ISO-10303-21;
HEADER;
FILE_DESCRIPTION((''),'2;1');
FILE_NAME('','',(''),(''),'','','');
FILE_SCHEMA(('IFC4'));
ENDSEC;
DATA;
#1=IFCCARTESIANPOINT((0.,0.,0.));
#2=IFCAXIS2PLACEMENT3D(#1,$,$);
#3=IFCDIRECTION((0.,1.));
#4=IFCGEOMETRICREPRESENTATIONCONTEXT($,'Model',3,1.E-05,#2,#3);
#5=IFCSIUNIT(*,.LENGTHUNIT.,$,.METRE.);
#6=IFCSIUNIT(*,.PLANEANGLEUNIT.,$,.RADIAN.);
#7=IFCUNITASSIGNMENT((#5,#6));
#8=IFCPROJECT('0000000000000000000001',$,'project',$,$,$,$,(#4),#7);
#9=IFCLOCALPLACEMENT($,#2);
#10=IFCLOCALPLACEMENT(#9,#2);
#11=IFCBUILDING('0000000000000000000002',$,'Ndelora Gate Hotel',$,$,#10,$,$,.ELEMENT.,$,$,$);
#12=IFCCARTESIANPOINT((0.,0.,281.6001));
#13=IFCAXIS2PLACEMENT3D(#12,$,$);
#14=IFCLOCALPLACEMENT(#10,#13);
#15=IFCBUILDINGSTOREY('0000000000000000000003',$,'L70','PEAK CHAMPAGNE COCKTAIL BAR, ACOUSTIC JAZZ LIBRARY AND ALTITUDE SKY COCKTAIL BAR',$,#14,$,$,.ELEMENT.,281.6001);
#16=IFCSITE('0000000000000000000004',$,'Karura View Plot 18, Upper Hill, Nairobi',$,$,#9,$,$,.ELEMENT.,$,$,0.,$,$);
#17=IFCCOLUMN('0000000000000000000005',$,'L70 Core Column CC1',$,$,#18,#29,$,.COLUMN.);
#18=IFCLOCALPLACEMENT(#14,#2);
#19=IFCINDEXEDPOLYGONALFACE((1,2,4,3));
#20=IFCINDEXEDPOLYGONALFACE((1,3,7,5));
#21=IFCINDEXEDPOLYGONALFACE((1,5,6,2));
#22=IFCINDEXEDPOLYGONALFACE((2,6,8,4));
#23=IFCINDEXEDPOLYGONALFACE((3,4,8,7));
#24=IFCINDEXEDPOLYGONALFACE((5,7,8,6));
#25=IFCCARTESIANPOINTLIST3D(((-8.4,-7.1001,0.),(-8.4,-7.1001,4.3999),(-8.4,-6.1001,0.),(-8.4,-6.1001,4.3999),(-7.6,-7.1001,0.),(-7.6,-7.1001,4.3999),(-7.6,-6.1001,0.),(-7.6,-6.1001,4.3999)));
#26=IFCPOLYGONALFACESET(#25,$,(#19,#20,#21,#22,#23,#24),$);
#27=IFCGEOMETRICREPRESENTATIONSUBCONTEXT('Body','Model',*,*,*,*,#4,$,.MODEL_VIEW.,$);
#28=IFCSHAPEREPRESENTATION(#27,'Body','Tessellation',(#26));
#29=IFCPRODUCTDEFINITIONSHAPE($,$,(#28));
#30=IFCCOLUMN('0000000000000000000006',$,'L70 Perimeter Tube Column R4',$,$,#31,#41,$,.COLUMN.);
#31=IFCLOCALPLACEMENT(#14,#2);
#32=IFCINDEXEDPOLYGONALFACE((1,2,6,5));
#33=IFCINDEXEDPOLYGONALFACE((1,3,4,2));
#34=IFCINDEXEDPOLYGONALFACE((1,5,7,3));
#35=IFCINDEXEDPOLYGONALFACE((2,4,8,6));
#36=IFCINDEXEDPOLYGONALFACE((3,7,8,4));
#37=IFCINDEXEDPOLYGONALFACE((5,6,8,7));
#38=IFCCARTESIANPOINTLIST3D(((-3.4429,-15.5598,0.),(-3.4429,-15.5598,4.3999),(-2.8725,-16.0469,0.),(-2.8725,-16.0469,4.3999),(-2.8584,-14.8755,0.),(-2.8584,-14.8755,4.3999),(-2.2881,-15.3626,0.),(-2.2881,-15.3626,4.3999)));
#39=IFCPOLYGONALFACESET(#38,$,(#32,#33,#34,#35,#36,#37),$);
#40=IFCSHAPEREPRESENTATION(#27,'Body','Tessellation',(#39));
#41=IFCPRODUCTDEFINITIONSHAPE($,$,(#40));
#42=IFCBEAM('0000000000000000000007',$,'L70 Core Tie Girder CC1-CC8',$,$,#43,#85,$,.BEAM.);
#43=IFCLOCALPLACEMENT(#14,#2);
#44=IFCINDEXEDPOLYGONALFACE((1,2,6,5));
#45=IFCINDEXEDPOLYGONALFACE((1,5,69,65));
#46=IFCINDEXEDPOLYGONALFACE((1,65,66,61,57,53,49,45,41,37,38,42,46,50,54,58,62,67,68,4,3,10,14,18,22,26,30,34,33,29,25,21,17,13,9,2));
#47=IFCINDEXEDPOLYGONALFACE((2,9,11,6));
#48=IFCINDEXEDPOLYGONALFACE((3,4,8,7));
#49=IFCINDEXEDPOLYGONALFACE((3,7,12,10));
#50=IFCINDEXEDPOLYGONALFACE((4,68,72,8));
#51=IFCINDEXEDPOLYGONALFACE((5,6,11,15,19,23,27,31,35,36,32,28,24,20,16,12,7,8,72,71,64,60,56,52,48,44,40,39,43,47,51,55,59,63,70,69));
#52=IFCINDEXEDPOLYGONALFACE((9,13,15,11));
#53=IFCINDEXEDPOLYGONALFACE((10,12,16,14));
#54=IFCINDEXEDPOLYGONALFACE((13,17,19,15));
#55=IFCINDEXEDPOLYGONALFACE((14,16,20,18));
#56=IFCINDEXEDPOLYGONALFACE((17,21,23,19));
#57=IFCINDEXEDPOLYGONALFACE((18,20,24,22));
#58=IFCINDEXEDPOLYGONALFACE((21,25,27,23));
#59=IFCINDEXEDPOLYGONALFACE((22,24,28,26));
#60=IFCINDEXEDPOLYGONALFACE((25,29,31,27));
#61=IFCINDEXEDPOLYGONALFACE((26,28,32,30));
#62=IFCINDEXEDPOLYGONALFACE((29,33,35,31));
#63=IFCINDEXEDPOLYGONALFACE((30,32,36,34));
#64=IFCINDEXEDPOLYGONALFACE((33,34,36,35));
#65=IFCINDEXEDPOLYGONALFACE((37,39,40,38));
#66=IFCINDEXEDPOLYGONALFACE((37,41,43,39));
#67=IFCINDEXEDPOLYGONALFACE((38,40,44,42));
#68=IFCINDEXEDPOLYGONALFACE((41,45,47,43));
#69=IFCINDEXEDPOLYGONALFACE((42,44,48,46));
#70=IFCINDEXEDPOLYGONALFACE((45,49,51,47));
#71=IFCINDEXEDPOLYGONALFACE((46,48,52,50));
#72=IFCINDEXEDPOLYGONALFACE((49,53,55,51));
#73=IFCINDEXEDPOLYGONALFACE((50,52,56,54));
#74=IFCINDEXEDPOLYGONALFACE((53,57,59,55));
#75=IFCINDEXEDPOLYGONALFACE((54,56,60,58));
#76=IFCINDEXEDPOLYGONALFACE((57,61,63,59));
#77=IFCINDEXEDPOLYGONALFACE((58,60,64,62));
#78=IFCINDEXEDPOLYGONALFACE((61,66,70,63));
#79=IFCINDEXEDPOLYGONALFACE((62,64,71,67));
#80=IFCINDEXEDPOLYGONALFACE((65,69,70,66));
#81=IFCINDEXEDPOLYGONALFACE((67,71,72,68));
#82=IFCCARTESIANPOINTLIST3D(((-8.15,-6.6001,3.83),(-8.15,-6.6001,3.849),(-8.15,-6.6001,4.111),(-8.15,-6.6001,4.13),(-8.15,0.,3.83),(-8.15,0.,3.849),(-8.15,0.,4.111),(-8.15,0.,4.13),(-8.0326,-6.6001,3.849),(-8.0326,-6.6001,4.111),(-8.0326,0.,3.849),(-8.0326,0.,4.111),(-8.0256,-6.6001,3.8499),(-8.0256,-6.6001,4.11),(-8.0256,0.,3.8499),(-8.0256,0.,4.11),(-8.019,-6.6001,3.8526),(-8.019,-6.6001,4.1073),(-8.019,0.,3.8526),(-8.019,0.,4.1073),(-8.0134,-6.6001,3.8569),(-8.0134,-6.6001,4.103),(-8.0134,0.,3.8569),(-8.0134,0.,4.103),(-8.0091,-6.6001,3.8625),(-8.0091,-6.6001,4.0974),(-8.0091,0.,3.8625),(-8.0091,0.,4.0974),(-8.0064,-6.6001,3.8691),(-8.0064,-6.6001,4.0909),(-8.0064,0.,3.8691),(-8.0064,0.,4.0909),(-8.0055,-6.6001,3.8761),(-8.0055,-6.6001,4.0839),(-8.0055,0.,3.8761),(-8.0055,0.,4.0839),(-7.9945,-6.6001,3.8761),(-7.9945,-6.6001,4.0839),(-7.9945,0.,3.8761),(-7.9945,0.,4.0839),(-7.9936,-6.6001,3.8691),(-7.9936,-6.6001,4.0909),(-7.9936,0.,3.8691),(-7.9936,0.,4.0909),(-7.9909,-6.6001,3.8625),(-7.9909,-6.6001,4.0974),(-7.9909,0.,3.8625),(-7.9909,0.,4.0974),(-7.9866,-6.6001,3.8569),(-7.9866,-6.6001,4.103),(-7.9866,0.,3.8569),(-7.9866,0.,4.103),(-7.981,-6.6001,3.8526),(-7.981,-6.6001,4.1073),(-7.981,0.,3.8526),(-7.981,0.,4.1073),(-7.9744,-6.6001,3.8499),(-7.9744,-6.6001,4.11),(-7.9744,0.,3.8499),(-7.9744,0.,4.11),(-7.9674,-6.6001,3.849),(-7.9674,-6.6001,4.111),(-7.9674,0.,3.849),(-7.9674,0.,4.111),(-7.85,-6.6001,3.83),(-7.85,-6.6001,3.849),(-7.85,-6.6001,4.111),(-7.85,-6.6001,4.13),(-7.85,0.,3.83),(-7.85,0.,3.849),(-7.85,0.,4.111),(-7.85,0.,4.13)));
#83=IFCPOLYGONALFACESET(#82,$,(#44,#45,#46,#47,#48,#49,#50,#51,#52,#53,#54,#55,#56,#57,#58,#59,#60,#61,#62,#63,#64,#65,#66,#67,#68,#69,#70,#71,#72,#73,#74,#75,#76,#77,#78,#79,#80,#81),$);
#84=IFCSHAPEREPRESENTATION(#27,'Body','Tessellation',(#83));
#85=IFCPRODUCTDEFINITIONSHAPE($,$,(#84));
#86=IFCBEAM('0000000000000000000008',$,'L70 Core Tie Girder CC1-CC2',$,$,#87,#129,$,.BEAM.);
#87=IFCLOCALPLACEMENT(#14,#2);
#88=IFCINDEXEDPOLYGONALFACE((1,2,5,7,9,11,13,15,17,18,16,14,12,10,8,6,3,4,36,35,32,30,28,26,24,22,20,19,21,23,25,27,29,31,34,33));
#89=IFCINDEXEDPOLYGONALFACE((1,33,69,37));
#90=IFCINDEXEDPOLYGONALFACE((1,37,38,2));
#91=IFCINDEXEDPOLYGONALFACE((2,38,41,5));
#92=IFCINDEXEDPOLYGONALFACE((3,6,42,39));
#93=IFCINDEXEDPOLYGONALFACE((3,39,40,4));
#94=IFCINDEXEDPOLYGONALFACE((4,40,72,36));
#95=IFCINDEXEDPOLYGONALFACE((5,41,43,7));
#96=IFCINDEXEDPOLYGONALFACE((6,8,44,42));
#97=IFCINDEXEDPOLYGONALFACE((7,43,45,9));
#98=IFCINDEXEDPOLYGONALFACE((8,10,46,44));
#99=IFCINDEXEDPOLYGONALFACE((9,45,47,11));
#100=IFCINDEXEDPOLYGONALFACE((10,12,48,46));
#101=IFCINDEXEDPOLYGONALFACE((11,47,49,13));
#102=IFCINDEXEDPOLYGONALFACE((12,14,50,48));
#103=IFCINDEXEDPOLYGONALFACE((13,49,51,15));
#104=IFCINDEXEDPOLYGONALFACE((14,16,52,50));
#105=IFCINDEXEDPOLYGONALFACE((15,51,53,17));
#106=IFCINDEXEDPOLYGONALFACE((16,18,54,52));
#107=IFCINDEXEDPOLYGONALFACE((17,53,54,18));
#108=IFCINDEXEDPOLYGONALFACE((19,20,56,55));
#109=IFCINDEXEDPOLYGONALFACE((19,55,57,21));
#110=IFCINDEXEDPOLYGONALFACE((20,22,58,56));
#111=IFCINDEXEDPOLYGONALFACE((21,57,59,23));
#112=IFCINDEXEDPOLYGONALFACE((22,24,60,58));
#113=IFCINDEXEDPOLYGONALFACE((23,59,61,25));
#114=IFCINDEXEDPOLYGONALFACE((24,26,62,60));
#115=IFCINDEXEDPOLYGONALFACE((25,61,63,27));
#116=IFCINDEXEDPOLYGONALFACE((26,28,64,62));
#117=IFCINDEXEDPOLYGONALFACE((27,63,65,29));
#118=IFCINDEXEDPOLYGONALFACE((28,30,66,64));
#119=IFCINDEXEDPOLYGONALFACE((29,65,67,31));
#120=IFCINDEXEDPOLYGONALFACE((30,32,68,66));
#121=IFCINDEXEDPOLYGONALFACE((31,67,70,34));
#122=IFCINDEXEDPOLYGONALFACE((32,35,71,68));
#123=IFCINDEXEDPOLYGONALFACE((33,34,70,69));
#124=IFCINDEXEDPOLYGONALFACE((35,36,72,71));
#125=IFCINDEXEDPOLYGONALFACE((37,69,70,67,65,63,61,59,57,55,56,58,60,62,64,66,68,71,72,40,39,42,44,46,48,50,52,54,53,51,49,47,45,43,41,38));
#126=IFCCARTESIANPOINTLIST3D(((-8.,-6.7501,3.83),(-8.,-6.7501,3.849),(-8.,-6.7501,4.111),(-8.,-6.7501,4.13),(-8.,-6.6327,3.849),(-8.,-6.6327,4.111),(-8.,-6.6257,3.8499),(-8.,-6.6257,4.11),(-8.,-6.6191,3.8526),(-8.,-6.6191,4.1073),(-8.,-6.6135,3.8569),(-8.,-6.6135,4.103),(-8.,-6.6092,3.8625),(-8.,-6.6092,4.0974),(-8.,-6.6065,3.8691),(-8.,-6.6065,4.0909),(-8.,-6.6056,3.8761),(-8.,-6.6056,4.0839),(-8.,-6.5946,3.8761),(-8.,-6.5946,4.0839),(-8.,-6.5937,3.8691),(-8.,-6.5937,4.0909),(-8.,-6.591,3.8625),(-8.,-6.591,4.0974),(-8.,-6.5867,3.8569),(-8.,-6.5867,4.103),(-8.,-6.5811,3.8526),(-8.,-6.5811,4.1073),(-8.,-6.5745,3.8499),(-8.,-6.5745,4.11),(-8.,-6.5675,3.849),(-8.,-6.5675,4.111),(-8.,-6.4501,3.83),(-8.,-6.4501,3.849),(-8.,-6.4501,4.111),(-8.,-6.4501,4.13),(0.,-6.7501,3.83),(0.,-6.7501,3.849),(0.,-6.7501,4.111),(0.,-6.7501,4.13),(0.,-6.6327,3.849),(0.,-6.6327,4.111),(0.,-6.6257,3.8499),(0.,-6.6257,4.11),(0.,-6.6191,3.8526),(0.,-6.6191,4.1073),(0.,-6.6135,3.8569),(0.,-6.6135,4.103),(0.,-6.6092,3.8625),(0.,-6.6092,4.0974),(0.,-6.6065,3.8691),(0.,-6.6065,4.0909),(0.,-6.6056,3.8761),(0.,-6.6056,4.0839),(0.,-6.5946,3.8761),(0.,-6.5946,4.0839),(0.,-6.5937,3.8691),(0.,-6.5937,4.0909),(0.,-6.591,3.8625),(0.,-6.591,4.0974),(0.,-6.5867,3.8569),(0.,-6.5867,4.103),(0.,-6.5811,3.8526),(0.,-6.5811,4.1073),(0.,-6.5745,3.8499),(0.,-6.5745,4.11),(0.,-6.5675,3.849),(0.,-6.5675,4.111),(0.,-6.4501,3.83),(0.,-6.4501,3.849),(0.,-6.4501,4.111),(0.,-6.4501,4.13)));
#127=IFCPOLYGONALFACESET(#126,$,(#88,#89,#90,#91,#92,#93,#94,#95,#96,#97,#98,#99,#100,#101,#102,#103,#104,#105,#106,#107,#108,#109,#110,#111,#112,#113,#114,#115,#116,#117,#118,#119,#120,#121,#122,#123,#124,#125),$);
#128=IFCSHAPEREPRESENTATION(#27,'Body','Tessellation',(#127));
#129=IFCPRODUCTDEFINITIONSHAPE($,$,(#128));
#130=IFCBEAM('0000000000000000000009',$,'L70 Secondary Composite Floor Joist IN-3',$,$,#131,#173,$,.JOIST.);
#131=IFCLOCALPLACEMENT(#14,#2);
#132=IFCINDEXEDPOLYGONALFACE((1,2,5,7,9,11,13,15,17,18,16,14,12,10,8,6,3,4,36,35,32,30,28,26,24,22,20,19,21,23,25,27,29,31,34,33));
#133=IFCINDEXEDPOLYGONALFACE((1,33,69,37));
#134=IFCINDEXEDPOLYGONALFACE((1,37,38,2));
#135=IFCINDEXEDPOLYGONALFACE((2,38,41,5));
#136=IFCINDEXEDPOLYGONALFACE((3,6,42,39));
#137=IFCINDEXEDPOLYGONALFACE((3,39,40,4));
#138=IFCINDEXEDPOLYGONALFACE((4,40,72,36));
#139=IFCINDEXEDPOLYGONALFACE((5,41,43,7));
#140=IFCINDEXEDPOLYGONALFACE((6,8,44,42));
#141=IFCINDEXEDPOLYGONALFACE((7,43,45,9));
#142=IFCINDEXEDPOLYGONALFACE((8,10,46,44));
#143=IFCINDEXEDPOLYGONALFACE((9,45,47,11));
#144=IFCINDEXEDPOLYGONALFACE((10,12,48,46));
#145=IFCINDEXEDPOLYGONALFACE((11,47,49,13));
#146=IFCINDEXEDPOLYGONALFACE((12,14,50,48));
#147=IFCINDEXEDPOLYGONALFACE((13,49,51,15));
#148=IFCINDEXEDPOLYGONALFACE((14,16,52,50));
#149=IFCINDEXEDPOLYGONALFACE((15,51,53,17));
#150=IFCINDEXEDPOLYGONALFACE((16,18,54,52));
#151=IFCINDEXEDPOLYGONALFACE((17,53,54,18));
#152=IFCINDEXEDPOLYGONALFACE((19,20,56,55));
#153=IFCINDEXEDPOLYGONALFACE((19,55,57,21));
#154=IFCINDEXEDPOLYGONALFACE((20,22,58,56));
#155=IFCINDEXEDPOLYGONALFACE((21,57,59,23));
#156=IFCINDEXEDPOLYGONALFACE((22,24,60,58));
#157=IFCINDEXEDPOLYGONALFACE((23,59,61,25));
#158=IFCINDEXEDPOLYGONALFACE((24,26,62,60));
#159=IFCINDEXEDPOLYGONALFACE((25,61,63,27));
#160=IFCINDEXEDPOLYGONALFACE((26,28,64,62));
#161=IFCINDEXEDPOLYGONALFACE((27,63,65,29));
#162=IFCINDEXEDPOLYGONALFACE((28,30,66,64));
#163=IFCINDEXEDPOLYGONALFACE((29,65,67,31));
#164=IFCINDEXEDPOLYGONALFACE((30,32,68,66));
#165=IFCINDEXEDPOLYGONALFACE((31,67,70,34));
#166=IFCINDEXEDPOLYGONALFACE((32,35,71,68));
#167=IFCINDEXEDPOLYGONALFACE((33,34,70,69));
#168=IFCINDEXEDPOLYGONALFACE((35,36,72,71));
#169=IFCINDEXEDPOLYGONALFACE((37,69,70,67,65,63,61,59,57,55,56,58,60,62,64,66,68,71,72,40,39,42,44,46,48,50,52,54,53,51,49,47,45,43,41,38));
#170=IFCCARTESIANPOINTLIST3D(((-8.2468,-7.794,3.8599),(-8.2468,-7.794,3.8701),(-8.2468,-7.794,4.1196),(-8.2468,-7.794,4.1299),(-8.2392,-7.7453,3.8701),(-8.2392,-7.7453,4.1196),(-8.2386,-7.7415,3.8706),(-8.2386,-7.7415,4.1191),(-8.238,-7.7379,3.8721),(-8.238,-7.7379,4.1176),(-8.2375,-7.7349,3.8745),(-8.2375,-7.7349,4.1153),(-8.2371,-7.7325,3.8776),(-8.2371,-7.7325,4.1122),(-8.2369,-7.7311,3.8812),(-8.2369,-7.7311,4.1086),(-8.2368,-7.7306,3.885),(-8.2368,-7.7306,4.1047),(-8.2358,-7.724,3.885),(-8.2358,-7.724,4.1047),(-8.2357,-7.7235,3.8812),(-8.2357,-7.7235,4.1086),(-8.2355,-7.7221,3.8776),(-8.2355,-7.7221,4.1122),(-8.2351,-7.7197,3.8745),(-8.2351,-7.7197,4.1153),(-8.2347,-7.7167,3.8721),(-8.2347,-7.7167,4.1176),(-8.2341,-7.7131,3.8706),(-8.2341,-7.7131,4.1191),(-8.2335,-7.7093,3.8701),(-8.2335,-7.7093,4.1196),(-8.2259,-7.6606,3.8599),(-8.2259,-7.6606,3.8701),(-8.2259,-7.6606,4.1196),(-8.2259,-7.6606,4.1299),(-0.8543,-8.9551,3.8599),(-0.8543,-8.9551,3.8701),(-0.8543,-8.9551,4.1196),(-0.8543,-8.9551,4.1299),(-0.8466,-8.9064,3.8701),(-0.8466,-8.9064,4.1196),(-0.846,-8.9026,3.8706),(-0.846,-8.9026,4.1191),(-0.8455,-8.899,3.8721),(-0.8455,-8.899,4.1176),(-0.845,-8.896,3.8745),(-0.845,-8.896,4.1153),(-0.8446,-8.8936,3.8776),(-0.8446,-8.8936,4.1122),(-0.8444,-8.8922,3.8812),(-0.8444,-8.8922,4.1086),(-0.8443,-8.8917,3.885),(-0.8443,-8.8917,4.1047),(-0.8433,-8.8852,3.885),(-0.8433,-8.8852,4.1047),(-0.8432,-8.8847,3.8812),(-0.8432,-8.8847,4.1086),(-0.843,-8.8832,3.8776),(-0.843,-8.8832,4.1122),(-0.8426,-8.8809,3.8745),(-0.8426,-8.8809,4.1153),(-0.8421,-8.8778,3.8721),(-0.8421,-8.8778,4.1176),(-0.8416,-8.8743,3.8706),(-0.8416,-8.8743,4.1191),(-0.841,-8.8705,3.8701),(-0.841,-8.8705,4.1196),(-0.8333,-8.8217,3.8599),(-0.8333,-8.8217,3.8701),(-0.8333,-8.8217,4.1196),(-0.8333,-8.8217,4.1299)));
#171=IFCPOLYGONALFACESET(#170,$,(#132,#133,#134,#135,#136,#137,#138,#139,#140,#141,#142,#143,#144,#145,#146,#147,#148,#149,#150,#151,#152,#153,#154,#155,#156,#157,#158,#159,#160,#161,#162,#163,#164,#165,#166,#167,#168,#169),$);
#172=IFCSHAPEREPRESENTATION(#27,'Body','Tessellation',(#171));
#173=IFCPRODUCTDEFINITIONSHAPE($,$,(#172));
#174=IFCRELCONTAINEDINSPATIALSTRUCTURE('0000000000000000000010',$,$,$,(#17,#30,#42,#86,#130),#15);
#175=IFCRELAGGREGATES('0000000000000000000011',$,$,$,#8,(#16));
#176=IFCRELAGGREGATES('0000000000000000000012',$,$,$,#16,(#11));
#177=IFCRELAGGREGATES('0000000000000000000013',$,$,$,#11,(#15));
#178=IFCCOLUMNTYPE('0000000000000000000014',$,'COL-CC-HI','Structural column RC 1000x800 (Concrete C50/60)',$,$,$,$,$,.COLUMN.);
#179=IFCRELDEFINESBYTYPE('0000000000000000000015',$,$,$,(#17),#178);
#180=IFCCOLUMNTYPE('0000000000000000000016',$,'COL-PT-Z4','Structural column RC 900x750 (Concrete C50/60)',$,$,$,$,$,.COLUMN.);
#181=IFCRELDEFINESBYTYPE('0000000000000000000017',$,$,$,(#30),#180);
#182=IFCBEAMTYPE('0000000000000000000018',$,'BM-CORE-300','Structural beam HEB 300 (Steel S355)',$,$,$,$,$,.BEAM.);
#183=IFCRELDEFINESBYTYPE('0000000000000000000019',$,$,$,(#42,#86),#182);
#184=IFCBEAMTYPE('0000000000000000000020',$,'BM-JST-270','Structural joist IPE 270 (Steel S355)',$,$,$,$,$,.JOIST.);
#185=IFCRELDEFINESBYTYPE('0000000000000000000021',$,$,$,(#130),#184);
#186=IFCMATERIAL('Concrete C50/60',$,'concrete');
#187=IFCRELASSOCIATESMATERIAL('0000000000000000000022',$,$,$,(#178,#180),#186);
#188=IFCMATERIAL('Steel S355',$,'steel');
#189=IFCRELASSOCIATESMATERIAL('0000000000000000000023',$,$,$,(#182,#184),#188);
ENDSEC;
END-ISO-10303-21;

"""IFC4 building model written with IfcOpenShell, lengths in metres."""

from ifc_helpers import new_model, si_unit, direction, frame, origin, origin_2d, place, context, subcontext, project, spatial, rectangle, i_section, extrude, material, material_profile, profile_set, type_object, element, save


model = new_model("IFC4")

# Units and contexts
model_context = context("Model", 3, precision=1e-05, world=origin(), true_north=direction((0.0, 1.0)))
body_context = subcontext(model_context, "Body", "Model", "MODEL_VIEW")
ifc_project = project(units=[si_unit("LENGTHUNIT", "METRE"), si_unit("PLANEANGLEUNIT", "RADIAN")], contexts=[model_context])

# Site, building, storey
site_placement = place(None, origin())
site = spatial("IfcSite", under=ifc_project, at=site_placement, Name="Karura View Plot 18, Upper Hill, Nairobi", CompositionType="ELEMENT", RefElevation=0.0)
building_placement = place(site_placement, origin())
building = spatial("IfcBuilding", under=site, at=building_placement, Name="Ndelora Gate Hotel", CompositionType="ELEMENT")
storey_placement = place(building_placement, frame((0.0, 0.0, 281.6001)))
storey = spatial("IfcBuildingStorey", under=building, at=storey_placement, Name="L70", Description="PEAK CHAMPAGNE COCKTAIL BAR, ACOUSTIC JAZZ LIBRARY AND ALTITUDE SKY COCKTAIL BAR", CompositionType="ELEMENT", Elevation=281.6001)

# Columns
ifc_material_1 = material(Name="Concrete C50/60", Category="concrete")
ifc_material_profile_1 = material_profile(ifc_material_1, rectangle(XDim=0.8, YDim=1.0, at=origin_2d()), Name="RC 1000x800")
ifc_profile_set_1 = profile_set([ifc_material_profile_1], Name="Concrete C50/60")
column_type_1 = type_object("IfcColumnType", Name="COL-CC-HI", Description="Structural column RC 1000x800 (Concrete C50/60)", PredefinedType="COLUMN", material=ifc_profile_set_1)
column_1_placement = place(storey_placement, frame((-8.0, -6.6001, 0.0), z_axis=(0.0, 0.0, 1.0), x_axis=(1.0, 0.0, 0.0)))
element("IfcColumn", 1, at=column_1_placement, inside=storey, type_object=column_type_1, Name="L70 Core Column CC1", PredefinedType="COLUMN", context=body_context, shape_type="SweptSolid", body=[
    extrude(rectangle(XDim=0.8, YDim=1.0, at=origin_2d()), origin(), (0.0, 0.0, 1.0), 4.3999),
])
ifc_material_profile_2 = material_profile(ifc_material_1, rectangle(XDim=0.75, YDim=0.8999, at=origin_2d()), Name="RC 900x750")
ifc_profile_set_2 = profile_set([ifc_material_profile_2], Name="Concrete C50/60")
column_type_2 = type_object("IfcColumnType", Name="COL-PT-Z4", Description="Structural column RC 900x750 (Concrete C50/60)", PredefinedType="COLUMN", material=ifc_profile_set_2)
column_2_placement = place(storey_placement, frame((-2.8655, -15.4612, 0.0), z_axis=(0.0, 0.0, 1.0), x_axis=(-0.760406, 0.649448, 0.0)))
element("IfcColumn", 2, at=column_2_placement, inside=storey, type_object=column_type_2, Name="L70 Perimeter Tube Column R4", PredefinedType="COLUMN", context=body_context, shape_type="SweptSolid", body=[
    extrude(rectangle(XDim=0.75, YDim=0.8999, at=origin_2d()), origin(), (0.0, 0.0, 1.0), 4.3999),
])

# Beams
ifc_material_2 = material(Name="Steel S355", Category="steel")
ifc_material_profile_3 = material_profile(ifc_material_2, i_section(OverallWidth=0.3, OverallDepth=0.3, WebThickness=0.011, FlangeThickness=0.019, FilletRadius=0.0271, at=origin_2d()), Name="HEB 300")
ifc_profile_set_3 = profile_set([ifc_material_profile_3], Name="Steel S355")
beam_type_1 = type_object("IfcBeamType", Name="BM-CORE-300", Description="Structural beam HEB 300 (Steel S355)", PredefinedType="BEAM", material=ifc_profile_set_3)
beam_1_placement = place(storey_placement, frame((-8.0, -6.6001, 3.98), z_axis=(0.0, 1.0, 0.0), x_axis=(-1.0, 0.0, 0.0)))
element("IfcBeam", 3, at=beam_1_placement, inside=storey, type_object=beam_type_1, Name="L70 Core Tie Girder CC1-CC8", PredefinedType="BEAM", context=body_context, shape_type="SweptSolid", body=[
    extrude(i_section(OverallWidth=0.3, OverallDepth=0.3, WebThickness=0.011, FlangeThickness=0.019, FilletRadius=0.0271, at=origin_2d()), origin(), (0.0, 0.0, 1.0), 6.6001),
])
beam_2_placement = place(storey_placement, frame((-8.0, -6.6001, 3.98), z_axis=(1.0, 0.0, 0.0), x_axis=(0.0, 1.0, 0.0)))
element("IfcBeam", 4, at=beam_2_placement, inside=storey, type_object=beam_type_1, Name="L70 Core Tie Girder CC1-CC2", PredefinedType="BEAM", context=body_context, shape_type="SweptSolid", body=[
    extrude(i_section(OverallWidth=0.3, OverallDepth=0.3, WebThickness=0.011, FlangeThickness=0.019, FilletRadius=0.0271, at=origin_2d()), origin(), (0.0, 0.0, 1.0), 8.0),
])
ifc_material_profile_4 = material_profile(ifc_material_2, i_section(OverallWidth=0.135, OverallDepth=0.27, WebThickness=0.0066, FlangeThickness=0.0103, FilletRadius=0.0149, at=origin_2d()), Name="IPE 270")
ifc_profile_set_4 = profile_set([ifc_material_profile_4], Name="Steel S355")
beam_type_2 = type_object("IfcBeamType", Name="BM-JST-270", Description="Structural joist IPE 270 (Steel S355)", PredefinedType="JOIST", material=ifc_profile_set_4)
beam_3_placement = place(storey_placement, frame((-8.2363, -7.7273, 3.9949), z_axis=(0.987889, -0.155165, 0.0), x_axis=(0.155165, 0.987889, 0.0)))
element("IfcBeam", 5, at=beam_3_placement, inside=storey, type_object=beam_type_2, Name="L70 Secondary Composite Floor Joist IN-3", PredefinedType="JOIST", context=body_context, shape_type="SweptSolid", body=[
    extrude(i_section(OverallWidth=0.135, OverallDepth=0.27, WebThickness=0.0066, FlangeThickness=0.0103, FilletRadius=0.0149, at=origin_2d()), origin(), (0.0, 0.0, 1.0), 7.4832),
])

save(model, "model.ifc")
